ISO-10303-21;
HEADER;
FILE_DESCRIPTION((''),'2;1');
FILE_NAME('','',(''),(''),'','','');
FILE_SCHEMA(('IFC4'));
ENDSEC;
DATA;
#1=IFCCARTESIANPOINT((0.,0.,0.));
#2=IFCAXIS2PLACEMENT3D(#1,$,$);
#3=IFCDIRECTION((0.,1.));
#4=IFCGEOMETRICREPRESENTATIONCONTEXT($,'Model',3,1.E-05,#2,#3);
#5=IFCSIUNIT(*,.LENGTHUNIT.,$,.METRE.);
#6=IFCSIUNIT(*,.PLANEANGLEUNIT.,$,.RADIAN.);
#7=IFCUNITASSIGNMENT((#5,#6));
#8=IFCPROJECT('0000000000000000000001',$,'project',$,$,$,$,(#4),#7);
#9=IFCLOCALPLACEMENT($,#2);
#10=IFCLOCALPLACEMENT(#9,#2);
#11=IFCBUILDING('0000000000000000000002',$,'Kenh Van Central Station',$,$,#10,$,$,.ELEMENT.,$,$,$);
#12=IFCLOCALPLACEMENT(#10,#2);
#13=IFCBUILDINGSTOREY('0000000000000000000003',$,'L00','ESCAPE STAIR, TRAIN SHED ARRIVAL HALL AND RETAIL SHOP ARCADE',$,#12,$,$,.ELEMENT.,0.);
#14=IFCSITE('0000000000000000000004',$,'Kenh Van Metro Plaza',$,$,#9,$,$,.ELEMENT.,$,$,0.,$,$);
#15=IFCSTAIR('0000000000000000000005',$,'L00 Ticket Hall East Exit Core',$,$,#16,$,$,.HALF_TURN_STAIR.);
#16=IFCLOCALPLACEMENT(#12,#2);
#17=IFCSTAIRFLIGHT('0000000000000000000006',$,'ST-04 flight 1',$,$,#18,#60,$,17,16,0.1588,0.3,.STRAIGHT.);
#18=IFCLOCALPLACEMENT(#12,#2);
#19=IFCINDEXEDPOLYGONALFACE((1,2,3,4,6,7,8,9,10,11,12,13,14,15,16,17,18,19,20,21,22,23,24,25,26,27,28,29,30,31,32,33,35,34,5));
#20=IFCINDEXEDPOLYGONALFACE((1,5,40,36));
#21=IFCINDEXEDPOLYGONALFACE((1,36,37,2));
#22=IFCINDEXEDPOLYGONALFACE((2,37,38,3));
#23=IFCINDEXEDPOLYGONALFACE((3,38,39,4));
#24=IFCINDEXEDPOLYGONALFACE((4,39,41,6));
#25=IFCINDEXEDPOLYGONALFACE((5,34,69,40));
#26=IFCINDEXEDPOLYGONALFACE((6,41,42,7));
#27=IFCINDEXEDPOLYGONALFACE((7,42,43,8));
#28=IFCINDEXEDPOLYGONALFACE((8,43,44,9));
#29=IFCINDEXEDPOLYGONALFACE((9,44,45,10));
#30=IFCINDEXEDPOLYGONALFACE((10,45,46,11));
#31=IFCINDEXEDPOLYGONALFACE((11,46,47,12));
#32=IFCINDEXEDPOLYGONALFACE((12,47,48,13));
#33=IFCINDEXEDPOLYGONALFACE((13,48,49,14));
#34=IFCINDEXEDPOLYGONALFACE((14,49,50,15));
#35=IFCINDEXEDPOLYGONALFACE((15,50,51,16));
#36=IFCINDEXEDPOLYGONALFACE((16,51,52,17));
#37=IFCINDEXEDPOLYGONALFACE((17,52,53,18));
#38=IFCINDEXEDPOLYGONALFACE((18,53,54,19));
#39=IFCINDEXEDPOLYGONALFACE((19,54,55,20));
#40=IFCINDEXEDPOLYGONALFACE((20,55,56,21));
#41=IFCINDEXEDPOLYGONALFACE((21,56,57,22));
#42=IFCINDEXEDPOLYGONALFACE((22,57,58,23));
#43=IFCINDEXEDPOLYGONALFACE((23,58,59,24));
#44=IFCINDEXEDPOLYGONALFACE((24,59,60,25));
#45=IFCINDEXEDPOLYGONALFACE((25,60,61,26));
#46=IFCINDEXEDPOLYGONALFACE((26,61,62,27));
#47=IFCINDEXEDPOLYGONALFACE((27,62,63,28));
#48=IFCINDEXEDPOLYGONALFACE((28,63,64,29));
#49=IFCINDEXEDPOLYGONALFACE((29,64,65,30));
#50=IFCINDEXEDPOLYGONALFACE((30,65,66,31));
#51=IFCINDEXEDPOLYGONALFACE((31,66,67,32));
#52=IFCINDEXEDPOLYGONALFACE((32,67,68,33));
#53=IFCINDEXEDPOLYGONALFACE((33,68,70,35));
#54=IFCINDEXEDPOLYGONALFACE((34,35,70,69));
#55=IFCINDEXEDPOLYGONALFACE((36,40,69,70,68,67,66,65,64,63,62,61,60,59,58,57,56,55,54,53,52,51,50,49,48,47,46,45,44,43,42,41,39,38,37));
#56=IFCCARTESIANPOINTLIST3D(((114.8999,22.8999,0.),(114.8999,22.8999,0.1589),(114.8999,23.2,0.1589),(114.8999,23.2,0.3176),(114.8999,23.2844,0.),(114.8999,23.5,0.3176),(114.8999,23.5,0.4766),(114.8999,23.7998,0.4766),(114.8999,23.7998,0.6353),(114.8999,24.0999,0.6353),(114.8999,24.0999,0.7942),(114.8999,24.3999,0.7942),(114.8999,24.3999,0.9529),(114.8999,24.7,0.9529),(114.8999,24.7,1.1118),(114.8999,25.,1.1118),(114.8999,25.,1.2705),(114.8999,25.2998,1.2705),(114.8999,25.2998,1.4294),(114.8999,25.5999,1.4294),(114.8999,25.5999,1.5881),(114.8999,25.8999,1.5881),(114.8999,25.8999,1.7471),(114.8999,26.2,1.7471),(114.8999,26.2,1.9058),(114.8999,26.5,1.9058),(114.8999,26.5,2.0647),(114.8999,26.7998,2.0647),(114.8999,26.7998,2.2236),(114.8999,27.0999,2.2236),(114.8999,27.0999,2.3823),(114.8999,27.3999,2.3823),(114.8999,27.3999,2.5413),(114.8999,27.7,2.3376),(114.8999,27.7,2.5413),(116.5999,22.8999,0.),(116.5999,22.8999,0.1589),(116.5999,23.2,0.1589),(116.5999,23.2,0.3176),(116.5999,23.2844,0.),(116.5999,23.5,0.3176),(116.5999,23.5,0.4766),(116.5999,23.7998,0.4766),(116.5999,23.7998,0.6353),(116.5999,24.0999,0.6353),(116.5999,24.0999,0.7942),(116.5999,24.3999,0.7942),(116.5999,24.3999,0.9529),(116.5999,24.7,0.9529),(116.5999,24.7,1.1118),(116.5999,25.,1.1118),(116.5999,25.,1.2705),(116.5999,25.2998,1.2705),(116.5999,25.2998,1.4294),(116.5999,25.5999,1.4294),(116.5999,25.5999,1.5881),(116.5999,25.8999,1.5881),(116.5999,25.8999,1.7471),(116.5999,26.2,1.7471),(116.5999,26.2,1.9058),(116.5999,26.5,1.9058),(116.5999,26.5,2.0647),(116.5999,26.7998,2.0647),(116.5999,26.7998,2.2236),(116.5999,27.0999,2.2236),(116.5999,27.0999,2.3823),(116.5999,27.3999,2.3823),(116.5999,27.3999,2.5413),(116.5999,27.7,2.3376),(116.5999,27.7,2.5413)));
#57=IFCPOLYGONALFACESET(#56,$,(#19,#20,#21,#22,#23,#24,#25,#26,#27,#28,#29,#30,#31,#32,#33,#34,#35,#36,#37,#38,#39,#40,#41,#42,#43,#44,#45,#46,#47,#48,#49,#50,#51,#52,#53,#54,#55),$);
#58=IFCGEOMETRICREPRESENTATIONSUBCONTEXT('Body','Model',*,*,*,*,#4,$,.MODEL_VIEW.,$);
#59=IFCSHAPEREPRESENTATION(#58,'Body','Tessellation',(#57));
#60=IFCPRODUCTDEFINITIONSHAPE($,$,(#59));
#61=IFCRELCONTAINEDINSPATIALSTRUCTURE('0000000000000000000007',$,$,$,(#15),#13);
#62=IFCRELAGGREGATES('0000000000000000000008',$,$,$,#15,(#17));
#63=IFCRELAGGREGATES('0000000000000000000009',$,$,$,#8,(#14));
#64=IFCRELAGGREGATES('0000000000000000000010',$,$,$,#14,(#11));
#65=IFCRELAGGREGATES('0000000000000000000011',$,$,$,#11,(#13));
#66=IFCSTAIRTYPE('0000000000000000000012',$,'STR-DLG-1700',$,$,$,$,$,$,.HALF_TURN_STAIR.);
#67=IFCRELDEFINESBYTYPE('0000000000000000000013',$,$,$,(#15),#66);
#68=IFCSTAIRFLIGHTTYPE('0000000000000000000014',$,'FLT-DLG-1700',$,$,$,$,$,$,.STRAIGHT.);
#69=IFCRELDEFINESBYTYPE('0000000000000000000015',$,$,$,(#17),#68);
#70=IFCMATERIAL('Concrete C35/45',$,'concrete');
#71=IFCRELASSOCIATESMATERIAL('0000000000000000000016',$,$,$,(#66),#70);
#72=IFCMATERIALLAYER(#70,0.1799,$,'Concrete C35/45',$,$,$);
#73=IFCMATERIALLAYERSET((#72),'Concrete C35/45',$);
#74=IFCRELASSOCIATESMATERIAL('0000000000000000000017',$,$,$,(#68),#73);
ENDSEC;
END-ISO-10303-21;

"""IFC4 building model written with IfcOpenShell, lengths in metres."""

from ifc_helpers import new_model, si_unit, direction, frame, origin, place, context, subcontext, project, spatial, polyline, outline, extrude, material, layer, layer_set, type_object, element, aggregate, save


model = new_model("IFC4")

# Units and contexts
model_context = context("Model", 3, precision=1e-05, world=origin(), true_north=direction((0.0, 1.0)))
body_context = subcontext(model_context, "Body", "Model", "MODEL_VIEW")
ifc_project = project(units=[si_unit("LENGTHUNIT", "METRE"), si_unit("PLANEANGLEUNIT", "RADIAN")], contexts=[model_context])

# Site, building, storey
site_placement = place(None, origin())
site = spatial("IfcSite", under=ifc_project, at=site_placement, Name="Kenh Van Metro Plaza", CompositionType="ELEMENT", RefElevation=0.0)
building_placement = place(site_placement, origin())
building = spatial("IfcBuilding", under=site, at=building_placement, Name="Kenh Van Central Station", CompositionType="ELEMENT")
storey_placement = place(building_placement, origin())
storey = spatial("IfcBuildingStorey", under=building, at=storey_placement, Name="L00", Description="ESCAPE STAIR, TRAIN SHED ARRIVAL HALL AND RETAIL SHOP ARCADE", CompositionType="ELEMENT", Elevation=0.0)

# Shared definitions
ifc_material_1 = material(Name="Concrete C35/45", Category="concrete")

# Stair, stair flight
stair_type = type_object("IfcStairType", Name="STR-DLG-1700", PredefinedType="HALF_TURN_STAIR", material=ifc_material_1)
stair_placement = place(storey_placement, origin())
stair = element("IfcStair", 1, at=stair_placement, inside=storey, type_object=stair_type, Name="L00 Ticket Hall East Exit Core", PredefinedType="HALF_TURN_STAIR")
ifc_layer_1 = layer(ifc_material_1, 0.1799, Name="Concrete C35/45")
ifc_layer_set_1 = layer_set([ifc_layer_1], Name="Concrete C35/45")
stair_flight_type = type_object("IfcStairFlightType", Name="FLT-DLG-1700", PredefinedType="STRAIGHT", material=ifc_layer_set_1)
stair_flight_placement = place(storey_placement, frame((115.75, 22.8999, 0.0), z_axis=(0.0, 0.0, 1.0), x_axis=(0.0, 1.0, 0.0)))
stair_flight = element("IfcStairFlight", 2, at=stair_flight_placement, type_object=stair_flight_type, Name="ST-04 flight 1", NumberOfRisers=17, NumberOfTreads=16, PredefinedType="STRAIGHT", RiserHeight=0.1588, TreadLength=0.3, context=body_context, shape_type="SweptSolid", body=[
    extrude(outline(polyline([(0.0, 0.0), (0.0, 0.1589), (0.3, 0.1589), (0.3, 0.3176), (0.6001, 0.3176), (0.6001, 0.4766), (0.8999, 0.4766), (0.8999, 0.6353), (1.2, 0.6353), (1.2, 0.7942), (1.5, 0.7942), (1.5, 0.9529), (1.8, 0.9529), (1.8, 1.1118), (2.1001, 1.1118), (2.1001, 1.2705), (2.3999, 1.2705), (2.3999, 1.4294), (2.7, 1.4294), (2.7, 1.5881), (3.0, 1.5881), (3.0, 1.7471), (3.3, 1.7471), (3.3, 1.9058), (3.6001, 1.9058), (3.6001, 2.0647), (3.8999, 2.0647), (3.8999, 2.2236), (4.2, 2.2236), (4.2, 2.3823), (4.5, 2.3823), (4.5, 2.5413), (4.8, 2.5413), (4.8, 2.7), (4.8, 2.3376), (0.3845, 0.0), (0.0, 0.0)])), frame((0.0, 0.8501, 0.0), z_axis=(0.0, -1.0, 0.0), x_axis=(1.0, 0.0, 0.0)), (0.0, 0.0, 1.0), 1.7),
])
aggregate(stair, [stair_flight])

save(model, "model.ifc")
